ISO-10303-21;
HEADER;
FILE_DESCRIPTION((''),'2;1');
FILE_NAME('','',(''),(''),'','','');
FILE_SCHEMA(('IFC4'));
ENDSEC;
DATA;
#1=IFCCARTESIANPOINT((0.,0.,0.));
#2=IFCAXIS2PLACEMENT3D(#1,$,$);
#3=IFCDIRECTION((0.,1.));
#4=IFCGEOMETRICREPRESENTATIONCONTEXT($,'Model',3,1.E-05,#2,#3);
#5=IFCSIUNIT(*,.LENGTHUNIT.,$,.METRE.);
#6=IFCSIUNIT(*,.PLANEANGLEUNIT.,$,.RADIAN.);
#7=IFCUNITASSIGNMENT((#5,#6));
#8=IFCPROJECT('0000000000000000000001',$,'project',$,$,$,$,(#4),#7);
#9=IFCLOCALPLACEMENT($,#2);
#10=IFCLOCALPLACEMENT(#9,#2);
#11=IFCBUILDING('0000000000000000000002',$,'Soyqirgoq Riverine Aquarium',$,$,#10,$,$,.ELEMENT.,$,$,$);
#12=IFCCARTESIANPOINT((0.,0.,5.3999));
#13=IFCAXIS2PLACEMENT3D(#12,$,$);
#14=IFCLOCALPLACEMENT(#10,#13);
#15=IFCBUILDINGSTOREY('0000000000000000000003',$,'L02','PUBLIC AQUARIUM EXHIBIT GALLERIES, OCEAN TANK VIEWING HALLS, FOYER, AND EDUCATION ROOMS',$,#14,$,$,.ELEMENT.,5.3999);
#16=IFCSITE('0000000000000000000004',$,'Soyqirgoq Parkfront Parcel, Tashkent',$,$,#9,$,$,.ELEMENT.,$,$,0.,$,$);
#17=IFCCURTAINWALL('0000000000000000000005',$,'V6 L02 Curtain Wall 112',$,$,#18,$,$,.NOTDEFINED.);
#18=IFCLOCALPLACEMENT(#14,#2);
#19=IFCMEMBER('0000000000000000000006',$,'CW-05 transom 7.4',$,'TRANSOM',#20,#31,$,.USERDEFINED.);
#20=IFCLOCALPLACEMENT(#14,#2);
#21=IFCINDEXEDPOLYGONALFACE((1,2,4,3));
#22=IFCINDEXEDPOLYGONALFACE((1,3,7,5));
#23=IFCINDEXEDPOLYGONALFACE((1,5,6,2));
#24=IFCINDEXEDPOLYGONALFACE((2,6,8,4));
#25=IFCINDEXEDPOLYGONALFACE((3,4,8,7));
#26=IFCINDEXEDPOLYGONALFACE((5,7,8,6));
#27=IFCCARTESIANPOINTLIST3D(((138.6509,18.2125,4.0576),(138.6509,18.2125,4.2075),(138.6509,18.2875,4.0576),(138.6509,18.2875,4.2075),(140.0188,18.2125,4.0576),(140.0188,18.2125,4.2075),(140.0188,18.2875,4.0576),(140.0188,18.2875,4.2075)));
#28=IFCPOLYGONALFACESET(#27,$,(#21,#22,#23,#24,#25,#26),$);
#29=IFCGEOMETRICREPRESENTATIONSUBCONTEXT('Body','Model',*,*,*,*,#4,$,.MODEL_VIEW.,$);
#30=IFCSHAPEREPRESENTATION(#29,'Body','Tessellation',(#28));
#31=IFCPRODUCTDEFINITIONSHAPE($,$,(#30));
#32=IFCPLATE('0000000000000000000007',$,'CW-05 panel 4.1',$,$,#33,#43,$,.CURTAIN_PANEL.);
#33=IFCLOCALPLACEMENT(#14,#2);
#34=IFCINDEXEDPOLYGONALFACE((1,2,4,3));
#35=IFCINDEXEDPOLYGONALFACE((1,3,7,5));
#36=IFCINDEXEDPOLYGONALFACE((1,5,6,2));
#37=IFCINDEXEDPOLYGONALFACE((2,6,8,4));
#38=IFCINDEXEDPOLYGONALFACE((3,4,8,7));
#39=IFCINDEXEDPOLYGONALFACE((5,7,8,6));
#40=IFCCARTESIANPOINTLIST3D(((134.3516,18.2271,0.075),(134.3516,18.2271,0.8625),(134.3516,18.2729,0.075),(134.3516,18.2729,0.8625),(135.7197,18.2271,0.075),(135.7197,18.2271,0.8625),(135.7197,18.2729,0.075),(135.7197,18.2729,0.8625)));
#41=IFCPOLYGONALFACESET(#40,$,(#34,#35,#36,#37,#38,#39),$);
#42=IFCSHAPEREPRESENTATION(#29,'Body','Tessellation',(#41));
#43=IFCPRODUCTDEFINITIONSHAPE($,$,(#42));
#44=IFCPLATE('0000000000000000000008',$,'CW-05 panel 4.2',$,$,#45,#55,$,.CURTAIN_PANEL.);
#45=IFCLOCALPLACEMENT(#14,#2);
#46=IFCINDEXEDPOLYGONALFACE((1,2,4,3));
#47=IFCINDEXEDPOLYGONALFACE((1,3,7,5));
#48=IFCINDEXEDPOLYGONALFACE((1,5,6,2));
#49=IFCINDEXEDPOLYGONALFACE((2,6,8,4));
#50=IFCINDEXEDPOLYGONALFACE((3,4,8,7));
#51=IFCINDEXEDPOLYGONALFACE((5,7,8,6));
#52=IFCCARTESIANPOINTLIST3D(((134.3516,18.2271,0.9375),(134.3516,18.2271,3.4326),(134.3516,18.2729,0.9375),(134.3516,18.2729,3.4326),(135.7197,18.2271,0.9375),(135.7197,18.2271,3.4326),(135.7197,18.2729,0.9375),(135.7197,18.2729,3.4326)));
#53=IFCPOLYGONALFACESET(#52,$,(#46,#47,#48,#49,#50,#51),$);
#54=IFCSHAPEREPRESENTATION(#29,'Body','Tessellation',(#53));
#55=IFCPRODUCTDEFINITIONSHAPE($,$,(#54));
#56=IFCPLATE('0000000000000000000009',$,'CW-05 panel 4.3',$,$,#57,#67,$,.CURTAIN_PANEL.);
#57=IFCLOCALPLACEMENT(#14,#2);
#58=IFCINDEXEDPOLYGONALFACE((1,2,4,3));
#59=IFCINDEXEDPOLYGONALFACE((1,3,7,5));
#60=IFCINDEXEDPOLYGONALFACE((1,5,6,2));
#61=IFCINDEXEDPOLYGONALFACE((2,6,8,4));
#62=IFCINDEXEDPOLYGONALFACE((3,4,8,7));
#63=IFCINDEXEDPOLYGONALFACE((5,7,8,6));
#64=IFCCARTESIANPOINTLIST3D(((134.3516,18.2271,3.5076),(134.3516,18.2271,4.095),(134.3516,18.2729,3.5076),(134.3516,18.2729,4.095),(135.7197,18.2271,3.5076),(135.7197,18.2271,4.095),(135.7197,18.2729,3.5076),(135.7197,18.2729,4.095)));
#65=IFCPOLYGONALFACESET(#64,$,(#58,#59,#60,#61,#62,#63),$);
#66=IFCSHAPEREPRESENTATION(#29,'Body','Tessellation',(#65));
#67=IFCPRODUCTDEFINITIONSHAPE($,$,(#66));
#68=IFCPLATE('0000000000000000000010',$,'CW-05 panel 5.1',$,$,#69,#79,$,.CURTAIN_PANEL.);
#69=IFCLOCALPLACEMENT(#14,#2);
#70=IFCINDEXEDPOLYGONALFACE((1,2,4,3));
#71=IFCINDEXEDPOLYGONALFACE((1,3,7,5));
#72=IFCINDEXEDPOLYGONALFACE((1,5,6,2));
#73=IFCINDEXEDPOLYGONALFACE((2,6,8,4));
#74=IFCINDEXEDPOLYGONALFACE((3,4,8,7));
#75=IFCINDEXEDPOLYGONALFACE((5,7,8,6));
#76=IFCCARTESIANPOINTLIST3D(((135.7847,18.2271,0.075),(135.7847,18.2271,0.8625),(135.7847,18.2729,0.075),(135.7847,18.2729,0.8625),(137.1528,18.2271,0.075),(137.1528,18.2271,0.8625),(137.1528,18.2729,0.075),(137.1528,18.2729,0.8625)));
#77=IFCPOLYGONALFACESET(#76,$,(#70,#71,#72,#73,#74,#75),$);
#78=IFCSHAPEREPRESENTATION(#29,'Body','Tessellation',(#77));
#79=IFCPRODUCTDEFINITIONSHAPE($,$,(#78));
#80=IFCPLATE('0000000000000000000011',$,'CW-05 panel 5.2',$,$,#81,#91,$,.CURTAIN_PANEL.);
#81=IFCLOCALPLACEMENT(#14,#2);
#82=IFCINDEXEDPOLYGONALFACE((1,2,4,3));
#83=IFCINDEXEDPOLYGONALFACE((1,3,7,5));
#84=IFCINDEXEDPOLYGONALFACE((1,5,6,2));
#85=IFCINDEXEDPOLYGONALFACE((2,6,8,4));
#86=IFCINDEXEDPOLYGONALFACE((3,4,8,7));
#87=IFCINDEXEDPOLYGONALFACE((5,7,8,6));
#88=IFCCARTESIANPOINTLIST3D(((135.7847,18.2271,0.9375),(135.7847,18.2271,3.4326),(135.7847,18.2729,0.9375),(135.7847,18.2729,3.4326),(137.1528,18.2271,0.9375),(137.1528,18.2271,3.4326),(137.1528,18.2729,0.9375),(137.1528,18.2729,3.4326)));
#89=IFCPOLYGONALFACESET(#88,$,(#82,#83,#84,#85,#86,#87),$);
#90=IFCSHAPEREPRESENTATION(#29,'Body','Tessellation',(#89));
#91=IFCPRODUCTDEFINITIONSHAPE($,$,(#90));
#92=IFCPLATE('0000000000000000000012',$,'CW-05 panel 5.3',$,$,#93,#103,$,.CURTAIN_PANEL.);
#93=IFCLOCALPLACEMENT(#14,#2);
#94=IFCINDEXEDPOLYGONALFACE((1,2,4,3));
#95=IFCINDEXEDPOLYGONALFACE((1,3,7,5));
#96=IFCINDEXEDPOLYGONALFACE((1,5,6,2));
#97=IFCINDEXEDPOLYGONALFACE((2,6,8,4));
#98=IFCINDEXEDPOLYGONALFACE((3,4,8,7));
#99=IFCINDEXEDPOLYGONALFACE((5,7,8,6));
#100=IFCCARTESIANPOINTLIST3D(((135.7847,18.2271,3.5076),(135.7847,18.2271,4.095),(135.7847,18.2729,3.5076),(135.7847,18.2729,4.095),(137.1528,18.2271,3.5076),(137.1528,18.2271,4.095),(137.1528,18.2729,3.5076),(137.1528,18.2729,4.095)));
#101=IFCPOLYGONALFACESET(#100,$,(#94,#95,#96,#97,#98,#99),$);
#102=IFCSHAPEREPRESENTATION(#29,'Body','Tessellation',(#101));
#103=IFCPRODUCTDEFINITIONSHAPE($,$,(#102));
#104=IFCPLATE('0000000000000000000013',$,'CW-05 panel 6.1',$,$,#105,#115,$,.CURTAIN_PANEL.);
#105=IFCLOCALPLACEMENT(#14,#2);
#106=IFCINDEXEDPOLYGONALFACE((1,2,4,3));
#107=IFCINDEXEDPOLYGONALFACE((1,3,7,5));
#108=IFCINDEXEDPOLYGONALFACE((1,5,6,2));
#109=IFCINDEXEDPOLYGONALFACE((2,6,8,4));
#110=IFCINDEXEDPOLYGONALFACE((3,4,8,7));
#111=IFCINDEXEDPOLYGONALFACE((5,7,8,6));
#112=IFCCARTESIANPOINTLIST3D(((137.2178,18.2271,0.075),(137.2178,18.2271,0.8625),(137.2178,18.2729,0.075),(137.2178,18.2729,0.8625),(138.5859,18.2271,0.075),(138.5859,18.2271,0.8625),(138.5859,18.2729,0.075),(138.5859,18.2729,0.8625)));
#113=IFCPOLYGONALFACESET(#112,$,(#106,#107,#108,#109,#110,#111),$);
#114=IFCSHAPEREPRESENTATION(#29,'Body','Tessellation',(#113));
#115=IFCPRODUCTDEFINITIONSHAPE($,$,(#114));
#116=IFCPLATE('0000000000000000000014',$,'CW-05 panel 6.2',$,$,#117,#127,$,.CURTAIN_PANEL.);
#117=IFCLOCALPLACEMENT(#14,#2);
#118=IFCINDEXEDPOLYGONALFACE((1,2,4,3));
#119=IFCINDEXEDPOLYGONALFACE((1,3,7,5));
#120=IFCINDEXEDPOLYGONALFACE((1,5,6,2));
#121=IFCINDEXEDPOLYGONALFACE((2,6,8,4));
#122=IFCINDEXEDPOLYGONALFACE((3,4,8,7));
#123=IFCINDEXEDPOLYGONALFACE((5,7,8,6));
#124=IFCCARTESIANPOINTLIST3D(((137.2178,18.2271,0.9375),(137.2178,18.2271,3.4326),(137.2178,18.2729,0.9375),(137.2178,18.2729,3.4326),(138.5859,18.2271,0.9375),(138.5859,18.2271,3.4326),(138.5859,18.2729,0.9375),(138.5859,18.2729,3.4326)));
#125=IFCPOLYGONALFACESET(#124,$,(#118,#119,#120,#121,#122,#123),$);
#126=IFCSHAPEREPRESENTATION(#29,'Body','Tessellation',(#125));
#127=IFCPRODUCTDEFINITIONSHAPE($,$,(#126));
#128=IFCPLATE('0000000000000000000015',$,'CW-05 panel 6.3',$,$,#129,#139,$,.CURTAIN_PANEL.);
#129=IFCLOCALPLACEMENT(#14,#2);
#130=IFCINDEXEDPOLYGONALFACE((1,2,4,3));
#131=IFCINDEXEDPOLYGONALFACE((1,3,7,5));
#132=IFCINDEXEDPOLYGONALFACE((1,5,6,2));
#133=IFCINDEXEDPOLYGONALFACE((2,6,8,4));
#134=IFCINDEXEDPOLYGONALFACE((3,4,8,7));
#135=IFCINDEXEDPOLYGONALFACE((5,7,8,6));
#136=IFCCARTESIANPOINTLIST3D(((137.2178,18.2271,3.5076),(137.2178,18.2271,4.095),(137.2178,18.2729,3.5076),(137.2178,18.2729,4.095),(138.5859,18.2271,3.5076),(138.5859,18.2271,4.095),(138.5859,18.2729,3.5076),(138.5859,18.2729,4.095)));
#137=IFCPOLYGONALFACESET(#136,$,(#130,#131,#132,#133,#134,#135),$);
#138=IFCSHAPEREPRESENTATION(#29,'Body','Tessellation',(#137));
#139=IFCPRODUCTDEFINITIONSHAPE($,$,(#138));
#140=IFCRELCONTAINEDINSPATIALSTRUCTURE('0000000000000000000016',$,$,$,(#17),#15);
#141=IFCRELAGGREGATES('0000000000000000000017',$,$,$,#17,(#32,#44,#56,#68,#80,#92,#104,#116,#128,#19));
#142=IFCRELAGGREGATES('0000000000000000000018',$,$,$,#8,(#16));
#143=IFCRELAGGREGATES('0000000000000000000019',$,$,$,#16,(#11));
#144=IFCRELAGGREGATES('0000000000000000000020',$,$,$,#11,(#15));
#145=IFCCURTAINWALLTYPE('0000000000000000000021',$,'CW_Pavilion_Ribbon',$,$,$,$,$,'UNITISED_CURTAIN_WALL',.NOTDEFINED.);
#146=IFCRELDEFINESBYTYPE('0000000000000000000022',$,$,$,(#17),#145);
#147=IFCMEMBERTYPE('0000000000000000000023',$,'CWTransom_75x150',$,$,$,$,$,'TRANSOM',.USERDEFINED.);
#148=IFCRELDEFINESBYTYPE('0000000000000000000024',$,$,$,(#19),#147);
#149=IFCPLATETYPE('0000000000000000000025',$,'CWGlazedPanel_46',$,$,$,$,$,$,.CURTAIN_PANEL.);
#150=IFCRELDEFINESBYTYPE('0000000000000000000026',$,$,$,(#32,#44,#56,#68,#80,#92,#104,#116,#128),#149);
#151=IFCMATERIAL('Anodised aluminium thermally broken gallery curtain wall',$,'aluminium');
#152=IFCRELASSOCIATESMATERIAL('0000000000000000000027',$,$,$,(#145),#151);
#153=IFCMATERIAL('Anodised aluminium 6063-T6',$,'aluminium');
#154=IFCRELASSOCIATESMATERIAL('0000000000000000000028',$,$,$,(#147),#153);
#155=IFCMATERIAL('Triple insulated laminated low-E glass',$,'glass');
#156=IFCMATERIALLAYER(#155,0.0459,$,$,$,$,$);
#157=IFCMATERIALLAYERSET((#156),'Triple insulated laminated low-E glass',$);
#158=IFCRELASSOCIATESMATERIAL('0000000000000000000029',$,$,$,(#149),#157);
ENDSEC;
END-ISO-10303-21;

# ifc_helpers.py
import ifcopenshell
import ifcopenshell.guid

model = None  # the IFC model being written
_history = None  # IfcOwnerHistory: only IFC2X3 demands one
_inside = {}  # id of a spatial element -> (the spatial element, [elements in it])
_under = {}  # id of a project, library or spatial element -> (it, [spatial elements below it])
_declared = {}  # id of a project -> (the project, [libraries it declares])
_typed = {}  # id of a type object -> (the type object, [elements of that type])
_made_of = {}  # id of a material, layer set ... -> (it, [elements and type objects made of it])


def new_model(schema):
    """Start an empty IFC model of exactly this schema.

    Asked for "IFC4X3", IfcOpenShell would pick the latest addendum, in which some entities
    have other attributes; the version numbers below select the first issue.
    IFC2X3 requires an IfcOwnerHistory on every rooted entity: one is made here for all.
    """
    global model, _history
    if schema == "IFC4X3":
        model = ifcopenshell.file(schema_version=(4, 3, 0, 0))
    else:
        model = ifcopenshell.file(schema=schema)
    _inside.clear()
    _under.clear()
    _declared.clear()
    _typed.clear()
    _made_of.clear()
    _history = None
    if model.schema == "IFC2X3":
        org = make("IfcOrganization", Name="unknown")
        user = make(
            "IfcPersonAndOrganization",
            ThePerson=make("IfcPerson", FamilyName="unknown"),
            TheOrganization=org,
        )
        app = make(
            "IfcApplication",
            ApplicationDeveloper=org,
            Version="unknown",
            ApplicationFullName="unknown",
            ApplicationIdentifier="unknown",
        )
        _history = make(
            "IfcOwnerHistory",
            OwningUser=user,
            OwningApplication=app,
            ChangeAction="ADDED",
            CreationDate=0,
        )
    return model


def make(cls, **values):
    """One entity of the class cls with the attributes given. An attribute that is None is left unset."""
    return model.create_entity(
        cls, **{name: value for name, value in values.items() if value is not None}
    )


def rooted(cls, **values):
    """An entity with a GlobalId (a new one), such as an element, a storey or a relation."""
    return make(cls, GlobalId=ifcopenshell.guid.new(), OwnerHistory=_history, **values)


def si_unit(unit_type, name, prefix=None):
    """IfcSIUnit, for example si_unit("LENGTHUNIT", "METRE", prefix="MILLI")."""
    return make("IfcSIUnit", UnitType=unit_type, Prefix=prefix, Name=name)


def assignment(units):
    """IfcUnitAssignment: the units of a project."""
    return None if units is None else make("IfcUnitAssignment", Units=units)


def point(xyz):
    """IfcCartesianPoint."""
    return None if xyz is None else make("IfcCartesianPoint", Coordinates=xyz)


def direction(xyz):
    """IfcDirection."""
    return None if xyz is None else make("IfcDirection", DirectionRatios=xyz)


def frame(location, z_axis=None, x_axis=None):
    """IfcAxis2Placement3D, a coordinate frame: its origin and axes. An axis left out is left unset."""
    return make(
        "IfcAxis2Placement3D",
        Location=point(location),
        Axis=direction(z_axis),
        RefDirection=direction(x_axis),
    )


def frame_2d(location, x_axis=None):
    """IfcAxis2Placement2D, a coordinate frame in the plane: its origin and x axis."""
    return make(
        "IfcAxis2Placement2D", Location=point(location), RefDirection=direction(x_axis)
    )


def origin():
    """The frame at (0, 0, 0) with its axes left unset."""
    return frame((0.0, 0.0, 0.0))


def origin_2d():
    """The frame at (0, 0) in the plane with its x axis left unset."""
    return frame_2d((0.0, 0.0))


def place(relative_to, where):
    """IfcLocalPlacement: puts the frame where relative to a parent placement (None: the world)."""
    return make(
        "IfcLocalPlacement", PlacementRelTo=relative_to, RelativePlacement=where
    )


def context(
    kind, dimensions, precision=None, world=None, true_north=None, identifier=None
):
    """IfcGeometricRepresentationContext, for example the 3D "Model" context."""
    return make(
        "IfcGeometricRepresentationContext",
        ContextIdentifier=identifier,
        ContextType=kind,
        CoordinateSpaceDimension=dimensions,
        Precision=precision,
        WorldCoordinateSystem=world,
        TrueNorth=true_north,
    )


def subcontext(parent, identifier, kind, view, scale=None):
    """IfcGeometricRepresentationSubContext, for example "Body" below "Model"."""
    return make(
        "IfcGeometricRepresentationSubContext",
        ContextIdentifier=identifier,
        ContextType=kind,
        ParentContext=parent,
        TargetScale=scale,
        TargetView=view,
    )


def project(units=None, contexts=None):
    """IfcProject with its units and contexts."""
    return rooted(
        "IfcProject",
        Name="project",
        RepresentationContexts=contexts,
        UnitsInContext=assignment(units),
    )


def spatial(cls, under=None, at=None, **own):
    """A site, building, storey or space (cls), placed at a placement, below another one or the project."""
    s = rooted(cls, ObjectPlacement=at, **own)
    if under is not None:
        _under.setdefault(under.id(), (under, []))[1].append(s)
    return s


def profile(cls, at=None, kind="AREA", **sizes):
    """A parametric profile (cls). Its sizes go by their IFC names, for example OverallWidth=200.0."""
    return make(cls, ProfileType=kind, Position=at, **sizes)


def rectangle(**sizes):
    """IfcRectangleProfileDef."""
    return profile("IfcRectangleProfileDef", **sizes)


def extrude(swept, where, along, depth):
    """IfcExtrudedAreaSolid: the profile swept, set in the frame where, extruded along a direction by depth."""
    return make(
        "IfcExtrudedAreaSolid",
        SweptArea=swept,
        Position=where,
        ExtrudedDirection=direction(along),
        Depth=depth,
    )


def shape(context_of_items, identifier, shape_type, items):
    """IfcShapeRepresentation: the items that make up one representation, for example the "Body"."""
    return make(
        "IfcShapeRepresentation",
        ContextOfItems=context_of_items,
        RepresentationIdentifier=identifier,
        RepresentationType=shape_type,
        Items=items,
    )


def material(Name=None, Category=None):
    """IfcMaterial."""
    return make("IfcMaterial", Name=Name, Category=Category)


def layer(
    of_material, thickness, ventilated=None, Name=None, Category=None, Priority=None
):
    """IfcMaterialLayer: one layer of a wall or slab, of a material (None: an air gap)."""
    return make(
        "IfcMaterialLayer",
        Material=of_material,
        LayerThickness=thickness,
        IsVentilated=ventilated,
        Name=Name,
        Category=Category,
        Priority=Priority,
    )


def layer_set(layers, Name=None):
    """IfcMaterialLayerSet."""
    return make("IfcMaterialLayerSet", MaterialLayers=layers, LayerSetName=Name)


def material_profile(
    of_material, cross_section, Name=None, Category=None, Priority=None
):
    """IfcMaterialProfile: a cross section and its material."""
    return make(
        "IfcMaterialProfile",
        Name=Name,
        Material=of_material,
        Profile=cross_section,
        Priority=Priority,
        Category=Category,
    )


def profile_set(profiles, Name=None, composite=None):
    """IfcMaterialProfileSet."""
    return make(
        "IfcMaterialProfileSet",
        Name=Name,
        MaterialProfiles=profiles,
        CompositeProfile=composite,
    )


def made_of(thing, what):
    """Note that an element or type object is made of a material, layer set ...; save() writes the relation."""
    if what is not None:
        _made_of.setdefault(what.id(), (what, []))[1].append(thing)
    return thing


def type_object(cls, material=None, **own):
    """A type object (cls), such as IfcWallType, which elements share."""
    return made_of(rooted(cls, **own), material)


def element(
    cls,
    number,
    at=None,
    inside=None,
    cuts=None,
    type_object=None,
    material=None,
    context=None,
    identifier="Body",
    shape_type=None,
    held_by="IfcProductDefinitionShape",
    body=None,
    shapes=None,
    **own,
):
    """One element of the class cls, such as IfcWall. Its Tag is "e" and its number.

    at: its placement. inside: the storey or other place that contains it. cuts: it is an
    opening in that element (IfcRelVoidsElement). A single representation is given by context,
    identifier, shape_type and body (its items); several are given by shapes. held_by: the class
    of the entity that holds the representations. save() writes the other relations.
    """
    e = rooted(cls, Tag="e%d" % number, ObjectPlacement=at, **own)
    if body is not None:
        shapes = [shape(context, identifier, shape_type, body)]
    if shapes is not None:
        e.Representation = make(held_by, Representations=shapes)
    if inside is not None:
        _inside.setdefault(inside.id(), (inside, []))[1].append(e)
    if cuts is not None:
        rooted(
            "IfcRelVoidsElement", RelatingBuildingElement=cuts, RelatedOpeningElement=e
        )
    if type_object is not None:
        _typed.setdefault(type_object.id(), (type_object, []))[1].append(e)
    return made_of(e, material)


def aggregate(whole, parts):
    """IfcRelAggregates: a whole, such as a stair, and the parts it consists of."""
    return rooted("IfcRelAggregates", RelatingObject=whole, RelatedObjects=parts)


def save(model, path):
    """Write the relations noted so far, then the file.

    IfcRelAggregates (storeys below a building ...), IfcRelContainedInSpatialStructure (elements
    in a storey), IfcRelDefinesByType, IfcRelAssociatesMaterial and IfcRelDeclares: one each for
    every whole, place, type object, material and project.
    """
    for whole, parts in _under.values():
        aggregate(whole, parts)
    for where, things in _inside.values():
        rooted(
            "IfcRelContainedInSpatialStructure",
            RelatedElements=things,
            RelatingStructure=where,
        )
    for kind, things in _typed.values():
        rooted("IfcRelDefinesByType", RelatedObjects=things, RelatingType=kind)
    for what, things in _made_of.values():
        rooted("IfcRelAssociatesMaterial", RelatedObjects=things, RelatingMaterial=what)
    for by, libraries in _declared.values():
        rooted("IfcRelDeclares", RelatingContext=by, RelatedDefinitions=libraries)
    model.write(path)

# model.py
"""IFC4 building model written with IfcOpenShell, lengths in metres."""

from ifc_helpers import new_model, si_unit, direction, frame, origin, origin_2d, place, context, subcontext, project, spatial, rectangle, extrude, material, layer, layer_set, material_profile, profile_set, type_object, element, aggregate, save


model = new_model("IFC4")

# Units and contexts
model_context = context("Model", 3, precision=1e-05, world=origin(), true_north=direction((0.0, 1.0)))
body_context = subcontext(model_context, "Body", "Model", "MODEL_VIEW")
ifc_project = project(units=[si_unit("LENGTHUNIT", "METRE"), si_unit("PLANEANGLEUNIT", "RADIAN")], contexts=[model_context])

# Site, building, storey
site_placement = place(None, origin())
site = spatial("IfcSite", under=ifc_project, at=site_placement, Name="Soyqirgoq Parkfront Parcel, Tashkent", CompositionType="ELEMENT", RefElevation=0.0)
building_placement = place(site_placement, origin())
building = spatial("IfcBuilding", under=site, at=building_placement, Name="Soyqirgoq Riverine Aquarium", CompositionType="ELEMENT")
storey_placement = place(building_placement, frame((0.0, 0.0, 5.3999)))
storey = spatial("IfcBuildingStorey", under=building, at=storey_placement, Name="L02", Description="PUBLIC AQUARIUM EXHIBIT GALLERIES, OCEAN TANK VIEWING HALLS, FOYER, AND EDUCATION ROOMS", CompositionType="ELEMENT", Elevation=5.3999)

# Curtain wall, member, plates
ifc_material_1 = material(Name="Anodised aluminium thermally broken gallery curtain wall", Category="aluminium")
curtain_wall_type = type_object("IfcCurtainWallType", Name="CW_Pavilion_Ribbon", ElementType="UNITISED_CURTAIN_WALL", PredefinedType="NOTDEFINED", material=ifc_material_1)
curtain_wall_placement = place(storey_placement, origin())
curtain_wall = element("IfcCurtainWall", 1, at=curtain_wall_placement, inside=storey, type_object=curtain_wall_type, Name="V6 L02 Curtain Wall 112", PredefinedType="NOTDEFINED")
ifc_material_2 = material(Name="Anodised aluminium 6063-T6", Category="aluminium")
ifc_material_profile_1 = material_profile(ifc_material_2, rectangle(XDim=0.075, YDim=0.1499, at=origin_2d()), Name="ALU-T 75x150")
ifc_profile_set_1 = profile_set([ifc_material_profile_1], Name="Anodised aluminium 6063-T6")
member_type_1 = type_object("IfcMemberType", Name="CWTransom_75x150", ElementType="TRANSOM", PredefinedType="USERDEFINED", material=ifc_profile_set_1)
member_1_placement = place(storey_placement, frame((138.6509, 18.25, 4.1326), z_axis=(1.0, 0.0, 0.0), x_axis=(0.0, 1.0, 0.0)))
member_1 = element("IfcMember", 2, at=member_1_placement, type_object=member_type_1, Name="CW-05 transom 7.4", ObjectType="TRANSOM", PredefinedType="USERDEFINED", context=body_context, shape_type="SweptSolid", body=[
    extrude(rectangle(XDim=0.075, YDim=0.1499, at=origin_2d()), origin(), (0.0, 0.0, 1.0), 1.3679),
])
ifc_material_3 = material(Name="Triple insulated laminated low-E glass", Category="glass")
ifc_layer = layer(ifc_material_3, 0.0459)
ifc_layer_set = layer_set([ifc_layer], Name="Triple insulated laminated low-E glass")
plate_type = type_object("IfcPlateType", Name="CWGlazedPanel_46", PredefinedType="CURTAIN_PANEL", material=ifc_layer_set)
plate_1_placement = place(storey_placement, frame((135.0356, 18.25, 0.075), z_axis=(0.0, 0.0, 1.0), x_axis=(1.0, 0.0, 0.0)))
plate_1 = element("IfcPlate", 3, at=plate_1_placement, type_object=plate_type, Name="CW-05 panel 4.1", PredefinedType="CURTAIN_PANEL", context=body_context, shape_type="SweptSolid", body=[
    extrude(rectangle(XDim=1.3682, YDim=0.0459, at=origin_2d()), origin(), (0.0, 0.0, 1.0), 0.7876),
])
plate_2_placement = place(storey_placement, frame((135.0356, 18.25, 0.9375), z_axis=(0.0, 0.0, 1.0), x_axis=(1.0, 0.0, 0.0)))
plate_2 = element("IfcPlate", 4, at=plate_2_placement, type_object=plate_type, Name="CW-05 panel 4.2", PredefinedType="CURTAIN_PANEL", context=body_context, shape_type="SweptSolid", body=[
    extrude(rectangle(XDim=1.3682, YDim=0.0459, at=origin_2d()), origin(), (0.0, 0.0, 1.0), 2.4951),
])
plate_3_placement = place(storey_placement, frame((135.0356, 18.25, 3.5076), z_axis=(0.0, 0.0, 1.0), x_axis=(1.0, 0.0, 0.0)))
plate_3 = element("IfcPlate", 5, at=plate_3_placement, type_object=plate_type, Name="CW-05 panel 4.3", PredefinedType="CURTAIN_PANEL", context=body_context, shape_type="SweptSolid", body=[
    extrude(rectangle(XDim=1.3682, YDim=0.0459, at=origin_2d()), origin(), (0.0, 0.0, 1.0), 0.5874),
])
plate_4_placement = place(storey_placement, frame((136.4688, 18.25, 0.075), z_axis=(0.0, 0.0, 1.0), x_axis=(1.0, 0.0, 0.0)))
plate_4 = element("IfcPlate", 6, at=plate_4_placement, type_object=plate_type, Name="CW-05 panel 5.1", PredefinedType="CURTAIN_PANEL", context=body_context, shape_type="SweptSolid", body=[
    extrude(rectangle(XDim=1.3682, YDim=0.0459, at=origin_2d()), origin(), (0.0, 0.0, 1.0), 0.7876),
])
plate_5_placement = place(storey_placement, frame((136.4688, 18.25, 0.9375), z_axis=(0.0, 0.0, 1.0), x_axis=(1.0, 0.0, 0.0)))
plate_5 = element("IfcPlate", 7, at=plate_5_placement, type_object=plate_type, Name="CW-05 panel 5.2", PredefinedType="CURTAIN_PANEL", context=body_context, shape_type="SweptSolid", body=[
    extrude(rectangle(XDim=1.3682, YDim=0.0459, at=origin_2d()), origin(), (0.0, 0.0, 1.0), 2.4951),
])
plate_6_placement = place(storey_placement, frame((136.4688, 18.25, 3.5076), z_axis=(0.0, 0.0, 1.0), x_axis=(1.0, 0.0, 0.0)))
plate_6 = element("IfcPlate", 8, at=plate_6_placement, type_object=plate_type, Name="CW-05 panel 5.3", PredefinedType="CURTAIN_PANEL", context=body_context, shape_type="SweptSolid", body=[
    extrude(rectangle(XDim=1.3682, YDim=0.0459, at=origin_2d()), origin(), (0.0, 0.0, 1.0), 0.5874),
])
plate_7_placement = place(storey_placement, frame((137.9019, 18.25, 0.075), z_axis=(0.0, 0.0, 1.0), x_axis=(1.0, 0.0, 0.0)))
plate_7 = element("IfcPlate", 9, at=plate_7_placement, type_object=plate_type, Name="CW-05 panel 6.1", PredefinedType="CURTAIN_PANEL", context=body_context, shape_type="SweptSolid", body=[
    extrude(rectangle(XDim=1.3682, YDim=0.0459, at=origin_2d()), origin(), (0.0, 0.0, 1.0), 0.7876),
])
plate_8_placement = place(storey_placement, frame((137.9019, 18.25, 0.9375), z_axis=(0.0, 0.0, 1.0), x_axis=(1.0, 0.0, 0.0)))
plate_8 = element("IfcPlate", 10, at=plate_8_placement, type_object=plate_type, Name="CW-05 panel 6.2", PredefinedType="CURTAIN_PANEL", context=body_context, shape_type="SweptSolid", body=[
    extrude(rectangle(XDim=1.3682, YDim=0.0459, at=origin_2d()), origin(), (0.0, 0.0, 1.0), 2.4951),
])
plate_9_placement = place(storey_placement, frame((137.9019, 18.25, 3.5076), z_axis=(0.0, 0.0, 1.0), x_axis=(1.0, 0.0, 0.0)))
plate_9 = element("IfcPlate", 11, at=plate_9_placement, type_object=plate_type, Name="CW-05 panel 6.3", PredefinedType="CURTAIN_PANEL", context=body_context, shape_type="SweptSolid", body=[
    extrude(rectangle(XDim=1.3682, YDim=0.0459, at=origin_2d()), origin(), (0.0, 0.0, 1.0), 0.5874),
])
aggregate(curtain_wall, [plate_1, plate_2, plate_3, plate_4, plate_5, plate_6, plate_7, plate_8, plate_9, member_1])

save(model, "model.ifc")
